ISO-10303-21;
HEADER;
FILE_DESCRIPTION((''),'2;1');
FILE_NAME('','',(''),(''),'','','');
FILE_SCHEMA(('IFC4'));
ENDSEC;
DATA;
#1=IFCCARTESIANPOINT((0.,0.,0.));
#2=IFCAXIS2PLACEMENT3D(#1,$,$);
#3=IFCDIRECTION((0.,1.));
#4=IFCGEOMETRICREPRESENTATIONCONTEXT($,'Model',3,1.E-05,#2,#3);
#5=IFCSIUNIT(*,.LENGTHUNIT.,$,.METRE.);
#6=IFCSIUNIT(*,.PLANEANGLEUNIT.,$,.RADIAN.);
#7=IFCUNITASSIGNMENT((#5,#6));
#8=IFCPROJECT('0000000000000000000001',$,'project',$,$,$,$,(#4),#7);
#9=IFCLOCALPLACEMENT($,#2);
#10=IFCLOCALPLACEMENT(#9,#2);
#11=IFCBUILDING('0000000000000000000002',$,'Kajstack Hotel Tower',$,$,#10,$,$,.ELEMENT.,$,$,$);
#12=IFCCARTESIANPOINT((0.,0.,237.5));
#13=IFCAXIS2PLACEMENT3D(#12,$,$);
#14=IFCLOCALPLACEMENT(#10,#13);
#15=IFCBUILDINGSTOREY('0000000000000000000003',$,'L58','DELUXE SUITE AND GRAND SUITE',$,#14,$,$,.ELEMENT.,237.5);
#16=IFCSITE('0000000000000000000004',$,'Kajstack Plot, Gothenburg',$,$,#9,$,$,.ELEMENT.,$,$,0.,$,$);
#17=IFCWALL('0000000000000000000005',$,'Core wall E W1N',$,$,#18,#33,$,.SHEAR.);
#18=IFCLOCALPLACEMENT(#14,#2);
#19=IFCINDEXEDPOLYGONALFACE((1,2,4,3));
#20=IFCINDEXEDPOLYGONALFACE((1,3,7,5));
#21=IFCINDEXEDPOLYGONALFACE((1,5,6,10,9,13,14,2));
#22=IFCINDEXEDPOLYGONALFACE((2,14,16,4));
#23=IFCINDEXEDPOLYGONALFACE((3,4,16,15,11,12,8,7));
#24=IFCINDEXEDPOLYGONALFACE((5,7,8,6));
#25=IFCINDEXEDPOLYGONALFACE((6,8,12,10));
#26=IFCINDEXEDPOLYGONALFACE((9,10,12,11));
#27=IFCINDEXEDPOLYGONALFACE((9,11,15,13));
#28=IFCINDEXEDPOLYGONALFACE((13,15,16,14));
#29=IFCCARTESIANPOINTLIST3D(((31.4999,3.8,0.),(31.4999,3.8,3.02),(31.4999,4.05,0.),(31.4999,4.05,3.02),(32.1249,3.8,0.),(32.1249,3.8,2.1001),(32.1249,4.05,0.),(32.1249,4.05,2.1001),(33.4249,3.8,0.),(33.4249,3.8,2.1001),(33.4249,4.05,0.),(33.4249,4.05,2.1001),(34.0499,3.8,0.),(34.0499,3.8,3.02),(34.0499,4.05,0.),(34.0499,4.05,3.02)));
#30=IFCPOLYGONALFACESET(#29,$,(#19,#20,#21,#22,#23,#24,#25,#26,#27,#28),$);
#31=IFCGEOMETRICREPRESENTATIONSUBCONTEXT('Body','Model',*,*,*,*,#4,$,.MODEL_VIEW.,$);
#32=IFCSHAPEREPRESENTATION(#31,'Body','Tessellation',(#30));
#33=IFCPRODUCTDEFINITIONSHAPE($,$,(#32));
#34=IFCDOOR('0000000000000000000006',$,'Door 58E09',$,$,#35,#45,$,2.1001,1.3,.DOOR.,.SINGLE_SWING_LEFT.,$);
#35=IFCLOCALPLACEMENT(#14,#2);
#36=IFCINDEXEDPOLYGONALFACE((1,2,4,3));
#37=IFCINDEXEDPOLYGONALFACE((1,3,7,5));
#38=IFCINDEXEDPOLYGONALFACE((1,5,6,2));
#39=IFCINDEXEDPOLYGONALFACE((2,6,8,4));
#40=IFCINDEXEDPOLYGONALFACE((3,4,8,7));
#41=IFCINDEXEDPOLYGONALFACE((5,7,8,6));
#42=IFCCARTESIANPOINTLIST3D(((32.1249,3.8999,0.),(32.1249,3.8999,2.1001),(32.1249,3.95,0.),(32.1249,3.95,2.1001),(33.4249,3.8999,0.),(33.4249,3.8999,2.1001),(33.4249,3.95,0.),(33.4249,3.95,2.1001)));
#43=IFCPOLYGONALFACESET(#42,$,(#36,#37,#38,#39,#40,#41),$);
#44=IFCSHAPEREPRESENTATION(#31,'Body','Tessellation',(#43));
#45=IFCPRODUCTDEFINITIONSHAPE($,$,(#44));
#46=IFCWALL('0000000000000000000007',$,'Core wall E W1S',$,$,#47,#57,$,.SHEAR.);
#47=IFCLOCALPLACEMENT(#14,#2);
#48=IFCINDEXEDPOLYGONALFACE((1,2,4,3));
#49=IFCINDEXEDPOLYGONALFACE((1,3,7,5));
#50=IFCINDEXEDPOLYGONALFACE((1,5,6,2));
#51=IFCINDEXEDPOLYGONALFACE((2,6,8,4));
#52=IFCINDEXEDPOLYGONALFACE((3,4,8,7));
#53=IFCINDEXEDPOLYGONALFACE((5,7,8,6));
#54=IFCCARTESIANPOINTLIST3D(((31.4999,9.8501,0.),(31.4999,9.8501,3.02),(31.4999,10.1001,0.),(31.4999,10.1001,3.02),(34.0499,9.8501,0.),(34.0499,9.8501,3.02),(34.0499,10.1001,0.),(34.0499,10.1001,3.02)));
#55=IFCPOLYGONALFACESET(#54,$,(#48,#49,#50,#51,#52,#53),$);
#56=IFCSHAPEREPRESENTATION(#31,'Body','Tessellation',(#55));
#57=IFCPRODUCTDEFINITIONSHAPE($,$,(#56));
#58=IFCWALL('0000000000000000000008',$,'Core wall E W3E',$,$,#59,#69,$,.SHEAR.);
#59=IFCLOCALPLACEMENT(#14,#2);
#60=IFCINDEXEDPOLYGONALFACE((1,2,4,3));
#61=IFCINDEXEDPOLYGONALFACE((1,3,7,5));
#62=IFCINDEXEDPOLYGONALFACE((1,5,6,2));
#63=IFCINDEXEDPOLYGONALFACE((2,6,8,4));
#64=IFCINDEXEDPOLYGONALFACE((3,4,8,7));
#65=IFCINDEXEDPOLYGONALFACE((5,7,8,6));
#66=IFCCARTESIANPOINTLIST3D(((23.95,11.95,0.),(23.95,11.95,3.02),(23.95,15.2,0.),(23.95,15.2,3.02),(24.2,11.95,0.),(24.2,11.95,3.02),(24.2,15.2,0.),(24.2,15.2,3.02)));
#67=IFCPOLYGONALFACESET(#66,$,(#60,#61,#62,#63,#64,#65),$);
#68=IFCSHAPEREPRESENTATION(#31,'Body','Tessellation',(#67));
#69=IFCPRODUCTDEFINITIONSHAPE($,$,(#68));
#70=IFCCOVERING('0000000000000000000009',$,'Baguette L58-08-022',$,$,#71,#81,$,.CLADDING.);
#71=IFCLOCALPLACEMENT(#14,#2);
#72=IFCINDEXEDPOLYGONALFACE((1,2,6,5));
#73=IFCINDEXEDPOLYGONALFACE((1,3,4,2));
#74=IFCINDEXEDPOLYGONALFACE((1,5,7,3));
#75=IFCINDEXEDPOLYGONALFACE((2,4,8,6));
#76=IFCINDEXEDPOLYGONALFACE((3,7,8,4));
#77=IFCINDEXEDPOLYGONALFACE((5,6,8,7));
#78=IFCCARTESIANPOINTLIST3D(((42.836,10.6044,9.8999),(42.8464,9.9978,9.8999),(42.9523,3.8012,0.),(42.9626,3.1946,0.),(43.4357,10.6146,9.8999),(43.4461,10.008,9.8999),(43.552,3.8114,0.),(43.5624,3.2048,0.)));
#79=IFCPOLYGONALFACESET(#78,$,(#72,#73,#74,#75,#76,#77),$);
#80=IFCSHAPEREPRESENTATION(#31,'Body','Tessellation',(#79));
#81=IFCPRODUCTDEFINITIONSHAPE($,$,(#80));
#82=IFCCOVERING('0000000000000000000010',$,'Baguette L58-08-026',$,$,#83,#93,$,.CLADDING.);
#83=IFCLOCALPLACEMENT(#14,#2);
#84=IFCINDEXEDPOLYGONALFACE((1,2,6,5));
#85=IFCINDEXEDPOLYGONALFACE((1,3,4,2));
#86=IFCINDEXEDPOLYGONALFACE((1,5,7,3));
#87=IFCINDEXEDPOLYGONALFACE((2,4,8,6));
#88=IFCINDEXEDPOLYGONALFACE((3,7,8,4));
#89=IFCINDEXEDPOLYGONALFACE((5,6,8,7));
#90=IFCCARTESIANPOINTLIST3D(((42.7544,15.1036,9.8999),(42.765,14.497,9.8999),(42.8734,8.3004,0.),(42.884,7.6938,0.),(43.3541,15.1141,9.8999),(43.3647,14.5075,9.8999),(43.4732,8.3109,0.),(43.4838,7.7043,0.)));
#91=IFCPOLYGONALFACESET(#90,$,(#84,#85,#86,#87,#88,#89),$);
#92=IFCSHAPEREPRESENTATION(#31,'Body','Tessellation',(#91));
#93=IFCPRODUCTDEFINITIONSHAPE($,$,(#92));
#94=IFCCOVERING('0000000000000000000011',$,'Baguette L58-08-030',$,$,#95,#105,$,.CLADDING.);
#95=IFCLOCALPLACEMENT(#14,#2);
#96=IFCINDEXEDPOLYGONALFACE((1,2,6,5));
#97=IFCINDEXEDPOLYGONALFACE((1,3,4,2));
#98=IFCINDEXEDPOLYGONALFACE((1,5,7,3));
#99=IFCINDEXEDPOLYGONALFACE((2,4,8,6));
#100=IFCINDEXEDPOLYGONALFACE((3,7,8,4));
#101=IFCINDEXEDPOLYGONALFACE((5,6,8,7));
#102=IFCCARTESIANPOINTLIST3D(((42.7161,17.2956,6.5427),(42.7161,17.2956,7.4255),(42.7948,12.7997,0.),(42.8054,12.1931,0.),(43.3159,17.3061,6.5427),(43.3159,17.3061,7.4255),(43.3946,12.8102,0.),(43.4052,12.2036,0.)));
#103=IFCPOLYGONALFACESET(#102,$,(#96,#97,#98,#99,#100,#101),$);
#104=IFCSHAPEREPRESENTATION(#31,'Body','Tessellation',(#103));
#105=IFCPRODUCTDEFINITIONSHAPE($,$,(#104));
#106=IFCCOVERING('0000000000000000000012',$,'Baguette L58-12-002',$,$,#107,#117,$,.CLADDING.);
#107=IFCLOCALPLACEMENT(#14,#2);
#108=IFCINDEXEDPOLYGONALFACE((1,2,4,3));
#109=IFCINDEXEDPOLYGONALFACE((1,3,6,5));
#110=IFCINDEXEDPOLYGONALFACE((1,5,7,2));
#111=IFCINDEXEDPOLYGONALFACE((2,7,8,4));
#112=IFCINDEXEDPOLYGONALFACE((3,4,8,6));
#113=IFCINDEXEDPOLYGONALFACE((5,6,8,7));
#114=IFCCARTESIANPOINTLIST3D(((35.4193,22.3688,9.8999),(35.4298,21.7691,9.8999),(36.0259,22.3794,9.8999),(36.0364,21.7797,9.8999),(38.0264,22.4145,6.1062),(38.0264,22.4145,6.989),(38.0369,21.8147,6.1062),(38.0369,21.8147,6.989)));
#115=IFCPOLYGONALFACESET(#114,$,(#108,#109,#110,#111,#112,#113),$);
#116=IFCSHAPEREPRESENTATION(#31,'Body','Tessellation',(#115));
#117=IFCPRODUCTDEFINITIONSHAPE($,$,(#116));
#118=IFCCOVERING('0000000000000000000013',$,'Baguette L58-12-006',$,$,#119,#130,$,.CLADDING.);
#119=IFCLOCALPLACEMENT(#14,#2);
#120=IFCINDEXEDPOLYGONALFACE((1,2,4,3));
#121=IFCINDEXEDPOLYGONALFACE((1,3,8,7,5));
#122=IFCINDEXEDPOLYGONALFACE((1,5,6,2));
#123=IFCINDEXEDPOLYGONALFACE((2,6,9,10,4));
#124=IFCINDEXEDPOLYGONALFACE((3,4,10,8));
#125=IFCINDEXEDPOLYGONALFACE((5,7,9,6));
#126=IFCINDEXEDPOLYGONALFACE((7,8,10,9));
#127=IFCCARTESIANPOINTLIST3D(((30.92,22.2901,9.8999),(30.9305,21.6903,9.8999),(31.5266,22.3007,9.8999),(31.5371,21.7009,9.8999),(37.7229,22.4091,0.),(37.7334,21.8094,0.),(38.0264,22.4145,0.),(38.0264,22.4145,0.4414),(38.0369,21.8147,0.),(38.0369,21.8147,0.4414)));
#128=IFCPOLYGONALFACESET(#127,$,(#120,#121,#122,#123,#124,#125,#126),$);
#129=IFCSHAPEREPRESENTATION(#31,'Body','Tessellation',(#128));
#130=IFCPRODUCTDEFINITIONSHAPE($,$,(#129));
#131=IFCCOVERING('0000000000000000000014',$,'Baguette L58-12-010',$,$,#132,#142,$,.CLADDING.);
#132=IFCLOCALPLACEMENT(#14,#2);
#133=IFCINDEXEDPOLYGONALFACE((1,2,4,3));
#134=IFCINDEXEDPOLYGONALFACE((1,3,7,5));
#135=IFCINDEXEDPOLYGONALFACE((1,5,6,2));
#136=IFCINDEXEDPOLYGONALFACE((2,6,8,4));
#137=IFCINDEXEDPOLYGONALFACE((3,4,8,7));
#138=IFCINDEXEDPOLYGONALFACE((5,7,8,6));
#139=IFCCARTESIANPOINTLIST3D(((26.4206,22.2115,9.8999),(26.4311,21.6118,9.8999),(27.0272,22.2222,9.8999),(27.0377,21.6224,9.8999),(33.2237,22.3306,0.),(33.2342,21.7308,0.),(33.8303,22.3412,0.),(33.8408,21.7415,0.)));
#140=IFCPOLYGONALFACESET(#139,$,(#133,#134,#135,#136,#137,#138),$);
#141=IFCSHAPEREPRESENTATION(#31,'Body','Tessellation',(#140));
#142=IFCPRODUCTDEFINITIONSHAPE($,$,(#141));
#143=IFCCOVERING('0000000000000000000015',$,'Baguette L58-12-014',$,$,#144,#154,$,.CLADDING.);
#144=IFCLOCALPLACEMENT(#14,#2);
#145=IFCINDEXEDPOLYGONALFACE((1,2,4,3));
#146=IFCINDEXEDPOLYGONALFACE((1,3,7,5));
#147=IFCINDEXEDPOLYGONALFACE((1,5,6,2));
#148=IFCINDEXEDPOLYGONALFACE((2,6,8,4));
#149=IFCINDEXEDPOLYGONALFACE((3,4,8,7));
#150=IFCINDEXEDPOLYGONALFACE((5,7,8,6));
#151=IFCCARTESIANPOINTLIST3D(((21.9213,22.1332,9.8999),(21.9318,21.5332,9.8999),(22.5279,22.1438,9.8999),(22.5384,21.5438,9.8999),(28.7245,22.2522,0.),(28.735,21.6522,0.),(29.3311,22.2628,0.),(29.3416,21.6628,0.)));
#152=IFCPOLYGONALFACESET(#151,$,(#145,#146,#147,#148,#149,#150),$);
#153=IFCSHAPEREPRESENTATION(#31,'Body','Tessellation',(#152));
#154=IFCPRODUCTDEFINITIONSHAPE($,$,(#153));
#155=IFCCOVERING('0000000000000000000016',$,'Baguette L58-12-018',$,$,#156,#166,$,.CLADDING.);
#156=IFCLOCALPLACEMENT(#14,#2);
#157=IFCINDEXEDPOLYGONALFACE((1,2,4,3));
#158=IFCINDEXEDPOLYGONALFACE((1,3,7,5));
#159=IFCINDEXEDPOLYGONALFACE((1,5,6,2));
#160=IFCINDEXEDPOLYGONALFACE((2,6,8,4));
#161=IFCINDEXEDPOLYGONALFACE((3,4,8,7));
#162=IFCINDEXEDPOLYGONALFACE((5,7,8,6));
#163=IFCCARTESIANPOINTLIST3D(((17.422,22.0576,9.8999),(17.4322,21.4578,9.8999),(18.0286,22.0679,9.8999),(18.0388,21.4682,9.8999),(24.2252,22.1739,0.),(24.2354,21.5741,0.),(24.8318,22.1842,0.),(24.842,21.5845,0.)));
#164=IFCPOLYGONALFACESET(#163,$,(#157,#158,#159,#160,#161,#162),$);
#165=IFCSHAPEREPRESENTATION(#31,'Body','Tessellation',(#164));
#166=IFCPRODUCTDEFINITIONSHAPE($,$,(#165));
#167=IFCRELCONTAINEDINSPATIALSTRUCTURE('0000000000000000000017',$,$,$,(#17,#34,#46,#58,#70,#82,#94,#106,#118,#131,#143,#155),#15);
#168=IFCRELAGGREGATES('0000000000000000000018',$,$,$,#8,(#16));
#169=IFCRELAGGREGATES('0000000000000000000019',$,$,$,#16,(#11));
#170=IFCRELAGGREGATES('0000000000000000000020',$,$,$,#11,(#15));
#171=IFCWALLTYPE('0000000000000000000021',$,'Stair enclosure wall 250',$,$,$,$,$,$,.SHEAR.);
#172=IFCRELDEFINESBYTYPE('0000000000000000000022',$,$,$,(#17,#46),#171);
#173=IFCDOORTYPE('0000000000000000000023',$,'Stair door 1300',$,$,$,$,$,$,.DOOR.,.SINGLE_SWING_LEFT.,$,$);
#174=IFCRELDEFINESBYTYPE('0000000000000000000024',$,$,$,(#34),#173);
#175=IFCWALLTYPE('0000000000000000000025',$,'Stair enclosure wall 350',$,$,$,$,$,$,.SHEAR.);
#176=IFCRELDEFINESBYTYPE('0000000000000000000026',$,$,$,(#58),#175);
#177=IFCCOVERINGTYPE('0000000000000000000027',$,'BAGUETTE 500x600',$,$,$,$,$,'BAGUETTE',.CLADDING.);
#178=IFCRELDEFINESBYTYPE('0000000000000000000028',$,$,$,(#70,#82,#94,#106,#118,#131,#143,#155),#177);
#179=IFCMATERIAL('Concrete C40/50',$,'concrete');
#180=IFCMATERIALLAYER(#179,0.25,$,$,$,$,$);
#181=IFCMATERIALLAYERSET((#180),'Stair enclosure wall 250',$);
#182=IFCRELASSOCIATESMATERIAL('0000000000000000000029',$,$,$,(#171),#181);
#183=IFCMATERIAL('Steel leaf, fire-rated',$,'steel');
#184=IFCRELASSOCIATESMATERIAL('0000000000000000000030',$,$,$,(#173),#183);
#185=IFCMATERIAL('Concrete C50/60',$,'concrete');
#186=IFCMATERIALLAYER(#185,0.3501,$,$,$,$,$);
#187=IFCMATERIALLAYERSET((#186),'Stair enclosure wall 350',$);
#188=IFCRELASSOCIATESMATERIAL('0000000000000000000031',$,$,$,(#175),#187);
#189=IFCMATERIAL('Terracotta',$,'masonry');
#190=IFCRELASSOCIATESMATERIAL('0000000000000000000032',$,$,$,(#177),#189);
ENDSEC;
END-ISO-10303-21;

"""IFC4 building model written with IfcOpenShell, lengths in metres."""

from ifc_helpers import new_model, si_unit, direction, frame, frame_2d, origin, origin_2d, place, context, subcontext, project, spatial, polyline, rectangle, outline, extrude, material, layer, layer_set, material_profile, profile_set, type_object, element, fill, save


model = new_model("IFC4")

# Units and contexts
model_context = context("Model", 3, precision=1e-05, world=origin(), true_north=direction((0.0, 1.0)))
body_context = subcontext(model_context, "Body", "Model", "MODEL_VIEW")
ifc_project = project(units=[si_unit("LENGTHUNIT", "METRE"), si_unit("PLANEANGLEUNIT", "RADIAN")], contexts=[model_context])

# Site, building, storey
site_placement = place(None, origin())
site = spatial("IfcSite", under=ifc_project, at=site_placement, Name="Kajstack Plot, Gothenburg", CompositionType="ELEMENT", RefElevation=0.0)
building_placement = place(site_placement, origin())
building = spatial("IfcBuilding", under=site, at=building_placement, Name="Kajstack Hotel Tower", CompositionType="ELEMENT")
storey_placement = place(building_placement, frame((0.0, 0.0, 237.5)))
storey = spatial("IfcBuildingStorey", under=building, at=storey_placement, Name="L58", Description="DELUXE SUITE AND GRAND SUITE", CompositionType="ELEMENT", Elevation=237.5)

# Shared definitions
ifc_material_1 = material(Name="Concrete C40/50", Category="concrete")
ifc_material_2 = material(Name="Concrete C50/60", Category="concrete")

# Wall, opening, door
ifc_layer_1 = layer(ifc_material_1, 0.25)
ifc_layer_set_1 = layer_set([ifc_layer_1], Name="Stair enclosure wall 250")
wall_type_1 = type_object("IfcWallType", Name="Stair enclosure wall 250", PredefinedType="SHEAR", material=ifc_layer_set_1)
wall_1_placement = place(storey_placement, frame((31.5, 3.925, 0.0), z_axis=(0.0, 0.0, 1.0), x_axis=(1.0, 0.0, 0.0)))
wall_1 = element("IfcWall", 1, at=wall_1_placement, inside=storey, type_object=wall_type_1, Name="Core wall E W1N", PredefinedType="SHEAR", context=body_context, shape_type="SweptSolid", body=[
    extrude(rectangle(XDim=2.55, YDim=0.25, at=frame_2d((1.2749, 0.0))), origin(), (0.0, 0.0, 1.0), 3.02),
])
opening_1_placement = place(wall_1_placement, frame((0.625, 0.0, 0.0)))
opening_1 = element("IfcOpeningElement", 2, at=opening_1_placement, cuts=wall_1, PredefinedType="OPENING", context=body_context, shape_type="SweptSolid", body=[
    extrude(rectangle(XDim=1.3, YDim=2.1001, at=frame_2d((0.6499, 1.05))), frame((0.0, 0.135, 0.0), z_axis=(0.0, -1.0, 0.0), x_axis=(1.0, 0.0, 0.0)), (0.0, 0.0, 1.0), 0.27),
])
ifc_material_3 = material(Name="Steel leaf, fire-rated", Category="steel")
door_type_1 = type_object("IfcDoorType", Name="Stair door 1300", OperationType="SINGLE_SWING_LEFT", PredefinedType="DOOR", material=ifc_material_3)
door_1_placement = place(opening_1_placement, origin())
door_1 = element("IfcDoor", 3, at=door_1_placement, inside=storey, type_object=door_type_1, Name="Door 58E09", OperationType="SINGLE_SWING_LEFT", OverallHeight=2.1001, OverallWidth=1.3, PredefinedType="DOOR", context=body_context, shape_type="SweptSolid", body=[
    extrude(rectangle(XDim=1.3, YDim=2.1001, at=frame_2d((0.6499, 1.05))), frame((0.0, 0.0249, 0.0), z_axis=(0.0, -1.0, 0.0), x_axis=(1.0, 0.0, 0.0)), (0.0, 0.0, 1.0), 0.05),
])
fill(opening_1, door_1)

# Walls
wall_2_placement = place(storey_placement, frame((31.5, 9.9751, 0.0), z_axis=(0.0, 0.0, 1.0), x_axis=(1.0, 0.0, 0.0)))
element("IfcWall", 4, at=wall_2_placement, inside=storey, type_object=wall_type_1, Name="Core wall E W1S", PredefinedType="SHEAR", context=body_context, shape_type="SweptSolid", body=[
    extrude(rectangle(XDim=2.55, YDim=0.25, at=frame_2d((1.2749, 0.0))), origin(), (0.0, 0.0, 1.0), 3.02),
])
ifc_layer_2 = layer(ifc_material_2, 0.3501)
ifc_layer_set_2 = layer_set([ifc_layer_2], Name="Stair enclosure wall 350")
wall_type_2 = type_object("IfcWallType", Name="Stair enclosure wall 350", PredefinedType="SHEAR", material=ifc_layer_set_2)
wall_3_placement = place(storey_placement, frame((24.075, 11.95, 0.0), z_axis=(0.0, 0.0, 1.0), x_axis=(0.0, 1.0, 0.0)))
element("IfcWall", 5, at=wall_3_placement, inside=storey, type_object=wall_type_2, Name="Core wall E W3E", PredefinedType="SHEAR", context=body_context, shape_type="SweptSolid", body=[
    extrude(rectangle(XDim=3.25, YDim=0.25, at=frame_2d((1.625, 0.0))), origin(), (0.0, 0.0, 1.0), 3.02),
])

# Coverings
ifc_material_4 = material(Name="Terracotta", Category="masonry")
ifc_material_profile = material_profile(ifc_material_4, rectangle(XDim=0.6001, YDim=0.5, at=origin_2d()), Name="Terracotta-clad concrete baguette 500 x 600")
ifc_profile_set = profile_set([ifc_material_profile], Name="Terracotta")
covering_type = type_object("IfcCoveringType", Name="BAGUETTE 500x600", ElementType="BAGUETTE", PredefinedType="CLADDING", material=ifc_profile_set)
for number, where, z_axis, x_axis, name in (
    (6, (42.9626, 3.1946, 0.0), (0.999854, 0.017092, 0.0), (-0.017092, 0.999854, 0.0), "Baguette L58-08-022"),
    (7, (42.884, 7.6938, 0.0), (0.999847, 0.017498, 0.0), (-0.017498, 0.999847, 0.0), "Baguette L58-08-026"),
):
    element("IfcCovering", number, at=place(storey_placement, frame(where, z_axis=z_axis, x_axis=x_axis)), inside=storey, type_object=covering_type, Name=name, PredefinedType="CLADDING", context=body_context, shape_type="SweptSolid", body=[
        extrude(outline(polyline([(6.8042, 9.8999), (0.0, 0.0), (0.6067, 0.0), (7.4109, 9.8999), (6.8042, 9.8999)])), origin(), (0.0, 0.0, 1.0), 0.5999),
    ])
covering_1_placement = place(storey_placement, frame((42.8054, 12.1931, 0.0), z_axis=(0.999847, 0.017498, 0.0), x_axis=(-0.017498, 0.999847, 0.0)))
element("IfcCovering", 8, at=covering_1_placement, inside=storey, type_object=covering_type, Name="Baguette L58-08-030", PredefinedType="CLADDING", context=body_context, shape_type="SweptSolid", body=[
    extrude(outline(polyline([(0.6067, 0.0), (5.1033, 6.5427), (5.1033, 7.4255), (0.0, 0.0), (0.6067, 0.0)])), origin(), (0.0, 0.0, 1.0), 0.5999),
])
covering_2_placement = place(storey_placement, frame((38.0369, 21.8147, 0.0), z_axis=(-0.017498, 0.999847, 0.0), x_axis=(-0.999847, -0.017498, 0.0)))
element("IfcCovering", 9, at=covering_2_placement, inside=storey, type_object=covering_type, Name="Baguette L58-12-002", PredefinedType="CLADDING", context=body_context, shape_type="SweptSolid", body=[
    extrude(outline(polyline([(2.0007, 9.8999), (0.0, 6.989), (0.0, 6.1062), (2.6074, 9.8999), (2.0007, 9.8999)])), origin(), (0.0, 0.0, 1.0), 0.5999),
])
covering_3_placement = place(storey_placement, frame((38.0369, 21.8147, 0.0), z_axis=(-0.017498, 0.999847, 0.0), x_axis=(-0.999847, -0.017498, 0.0)))
element("IfcCovering", 10, at=covering_3_placement, inside=storey, type_object=covering_type, Name="Baguette L58-12-006", PredefinedType="CLADDING", context=body_context, shape_type="SweptSolid", body=[
    extrude(outline(polyline([(6.5007, 9.8999), (0.0, 0.4414), (0.0, 0.0), (0.3035, 0.0), (7.1074, 9.8999), (6.5007, 9.8999)])), origin(), (0.0, 0.0, 1.0), 0.5999),
])
covering_4_placement = place(storey_placement, frame((33.8408, 21.7415, 0.0), z_axis=(-0.017498, 0.999847, 0.0), x_axis=(-0.999847, -0.017498, 0.0)))
element("IfcCovering", 11, at=covering_4_placement, inside=storey, type_object=covering_type, Name="Baguette L58-12-010", PredefinedType="CLADDING", context=body_context, shape_type="SweptSolid", body=[
    extrude(outline(polyline([(6.8042, 9.8999), (0.0, 0.0), (0.6067, 0.0), (7.4109, 9.8999), (6.8042, 9.8999)])), origin(), (0.0, 0.0, 1.0), 0.5999),
])
covering_5_placement = place(storey_placement, frame((29.3416, 21.6628, 0.0), z_axis=(-0.017491, 0.999847, 0.0), x_axis=(-0.999847, -0.017491, 0.0)))
element("IfcCovering", 12, at=covering_5_placement, inside=storey, type_object=covering_type, Name="Baguette L58-12-014", PredefinedType="CLADDING", context=body_context, shape_type="SweptSolid", body=[
    extrude(outline(polyline([(6.8042, 9.8999), (0.0, 0.0), (0.6067, 0.0), (7.4109, 9.8999), (6.8042, 9.8999)])), origin(), (0.0, 0.0, 1.0), 0.6001),
])
covering_6_placement = place(storey_placement, frame((24.842, 21.5845, 0.0), z_axis=(-0.017092, 0.999854, 0.0), x_axis=(-0.999854, -0.017092, 0.0)))
element("IfcCovering", 13, at=covering_6_placement, inside=storey, type_object=covering_type, Name="Baguette L58-12-018", PredefinedType="CLADDING", context=body_context, shape_type="SweptSolid", body=[
    extrude(outline(polyline([(6.8042, 9.8999), (0.0, 0.0), (0.6067, 0.0), (7.4109, 9.8999), (6.8042, 9.8999)])), origin(), (0.0, 0.0, 1.0), 0.5999),
])

save(model, "model.ifc")
